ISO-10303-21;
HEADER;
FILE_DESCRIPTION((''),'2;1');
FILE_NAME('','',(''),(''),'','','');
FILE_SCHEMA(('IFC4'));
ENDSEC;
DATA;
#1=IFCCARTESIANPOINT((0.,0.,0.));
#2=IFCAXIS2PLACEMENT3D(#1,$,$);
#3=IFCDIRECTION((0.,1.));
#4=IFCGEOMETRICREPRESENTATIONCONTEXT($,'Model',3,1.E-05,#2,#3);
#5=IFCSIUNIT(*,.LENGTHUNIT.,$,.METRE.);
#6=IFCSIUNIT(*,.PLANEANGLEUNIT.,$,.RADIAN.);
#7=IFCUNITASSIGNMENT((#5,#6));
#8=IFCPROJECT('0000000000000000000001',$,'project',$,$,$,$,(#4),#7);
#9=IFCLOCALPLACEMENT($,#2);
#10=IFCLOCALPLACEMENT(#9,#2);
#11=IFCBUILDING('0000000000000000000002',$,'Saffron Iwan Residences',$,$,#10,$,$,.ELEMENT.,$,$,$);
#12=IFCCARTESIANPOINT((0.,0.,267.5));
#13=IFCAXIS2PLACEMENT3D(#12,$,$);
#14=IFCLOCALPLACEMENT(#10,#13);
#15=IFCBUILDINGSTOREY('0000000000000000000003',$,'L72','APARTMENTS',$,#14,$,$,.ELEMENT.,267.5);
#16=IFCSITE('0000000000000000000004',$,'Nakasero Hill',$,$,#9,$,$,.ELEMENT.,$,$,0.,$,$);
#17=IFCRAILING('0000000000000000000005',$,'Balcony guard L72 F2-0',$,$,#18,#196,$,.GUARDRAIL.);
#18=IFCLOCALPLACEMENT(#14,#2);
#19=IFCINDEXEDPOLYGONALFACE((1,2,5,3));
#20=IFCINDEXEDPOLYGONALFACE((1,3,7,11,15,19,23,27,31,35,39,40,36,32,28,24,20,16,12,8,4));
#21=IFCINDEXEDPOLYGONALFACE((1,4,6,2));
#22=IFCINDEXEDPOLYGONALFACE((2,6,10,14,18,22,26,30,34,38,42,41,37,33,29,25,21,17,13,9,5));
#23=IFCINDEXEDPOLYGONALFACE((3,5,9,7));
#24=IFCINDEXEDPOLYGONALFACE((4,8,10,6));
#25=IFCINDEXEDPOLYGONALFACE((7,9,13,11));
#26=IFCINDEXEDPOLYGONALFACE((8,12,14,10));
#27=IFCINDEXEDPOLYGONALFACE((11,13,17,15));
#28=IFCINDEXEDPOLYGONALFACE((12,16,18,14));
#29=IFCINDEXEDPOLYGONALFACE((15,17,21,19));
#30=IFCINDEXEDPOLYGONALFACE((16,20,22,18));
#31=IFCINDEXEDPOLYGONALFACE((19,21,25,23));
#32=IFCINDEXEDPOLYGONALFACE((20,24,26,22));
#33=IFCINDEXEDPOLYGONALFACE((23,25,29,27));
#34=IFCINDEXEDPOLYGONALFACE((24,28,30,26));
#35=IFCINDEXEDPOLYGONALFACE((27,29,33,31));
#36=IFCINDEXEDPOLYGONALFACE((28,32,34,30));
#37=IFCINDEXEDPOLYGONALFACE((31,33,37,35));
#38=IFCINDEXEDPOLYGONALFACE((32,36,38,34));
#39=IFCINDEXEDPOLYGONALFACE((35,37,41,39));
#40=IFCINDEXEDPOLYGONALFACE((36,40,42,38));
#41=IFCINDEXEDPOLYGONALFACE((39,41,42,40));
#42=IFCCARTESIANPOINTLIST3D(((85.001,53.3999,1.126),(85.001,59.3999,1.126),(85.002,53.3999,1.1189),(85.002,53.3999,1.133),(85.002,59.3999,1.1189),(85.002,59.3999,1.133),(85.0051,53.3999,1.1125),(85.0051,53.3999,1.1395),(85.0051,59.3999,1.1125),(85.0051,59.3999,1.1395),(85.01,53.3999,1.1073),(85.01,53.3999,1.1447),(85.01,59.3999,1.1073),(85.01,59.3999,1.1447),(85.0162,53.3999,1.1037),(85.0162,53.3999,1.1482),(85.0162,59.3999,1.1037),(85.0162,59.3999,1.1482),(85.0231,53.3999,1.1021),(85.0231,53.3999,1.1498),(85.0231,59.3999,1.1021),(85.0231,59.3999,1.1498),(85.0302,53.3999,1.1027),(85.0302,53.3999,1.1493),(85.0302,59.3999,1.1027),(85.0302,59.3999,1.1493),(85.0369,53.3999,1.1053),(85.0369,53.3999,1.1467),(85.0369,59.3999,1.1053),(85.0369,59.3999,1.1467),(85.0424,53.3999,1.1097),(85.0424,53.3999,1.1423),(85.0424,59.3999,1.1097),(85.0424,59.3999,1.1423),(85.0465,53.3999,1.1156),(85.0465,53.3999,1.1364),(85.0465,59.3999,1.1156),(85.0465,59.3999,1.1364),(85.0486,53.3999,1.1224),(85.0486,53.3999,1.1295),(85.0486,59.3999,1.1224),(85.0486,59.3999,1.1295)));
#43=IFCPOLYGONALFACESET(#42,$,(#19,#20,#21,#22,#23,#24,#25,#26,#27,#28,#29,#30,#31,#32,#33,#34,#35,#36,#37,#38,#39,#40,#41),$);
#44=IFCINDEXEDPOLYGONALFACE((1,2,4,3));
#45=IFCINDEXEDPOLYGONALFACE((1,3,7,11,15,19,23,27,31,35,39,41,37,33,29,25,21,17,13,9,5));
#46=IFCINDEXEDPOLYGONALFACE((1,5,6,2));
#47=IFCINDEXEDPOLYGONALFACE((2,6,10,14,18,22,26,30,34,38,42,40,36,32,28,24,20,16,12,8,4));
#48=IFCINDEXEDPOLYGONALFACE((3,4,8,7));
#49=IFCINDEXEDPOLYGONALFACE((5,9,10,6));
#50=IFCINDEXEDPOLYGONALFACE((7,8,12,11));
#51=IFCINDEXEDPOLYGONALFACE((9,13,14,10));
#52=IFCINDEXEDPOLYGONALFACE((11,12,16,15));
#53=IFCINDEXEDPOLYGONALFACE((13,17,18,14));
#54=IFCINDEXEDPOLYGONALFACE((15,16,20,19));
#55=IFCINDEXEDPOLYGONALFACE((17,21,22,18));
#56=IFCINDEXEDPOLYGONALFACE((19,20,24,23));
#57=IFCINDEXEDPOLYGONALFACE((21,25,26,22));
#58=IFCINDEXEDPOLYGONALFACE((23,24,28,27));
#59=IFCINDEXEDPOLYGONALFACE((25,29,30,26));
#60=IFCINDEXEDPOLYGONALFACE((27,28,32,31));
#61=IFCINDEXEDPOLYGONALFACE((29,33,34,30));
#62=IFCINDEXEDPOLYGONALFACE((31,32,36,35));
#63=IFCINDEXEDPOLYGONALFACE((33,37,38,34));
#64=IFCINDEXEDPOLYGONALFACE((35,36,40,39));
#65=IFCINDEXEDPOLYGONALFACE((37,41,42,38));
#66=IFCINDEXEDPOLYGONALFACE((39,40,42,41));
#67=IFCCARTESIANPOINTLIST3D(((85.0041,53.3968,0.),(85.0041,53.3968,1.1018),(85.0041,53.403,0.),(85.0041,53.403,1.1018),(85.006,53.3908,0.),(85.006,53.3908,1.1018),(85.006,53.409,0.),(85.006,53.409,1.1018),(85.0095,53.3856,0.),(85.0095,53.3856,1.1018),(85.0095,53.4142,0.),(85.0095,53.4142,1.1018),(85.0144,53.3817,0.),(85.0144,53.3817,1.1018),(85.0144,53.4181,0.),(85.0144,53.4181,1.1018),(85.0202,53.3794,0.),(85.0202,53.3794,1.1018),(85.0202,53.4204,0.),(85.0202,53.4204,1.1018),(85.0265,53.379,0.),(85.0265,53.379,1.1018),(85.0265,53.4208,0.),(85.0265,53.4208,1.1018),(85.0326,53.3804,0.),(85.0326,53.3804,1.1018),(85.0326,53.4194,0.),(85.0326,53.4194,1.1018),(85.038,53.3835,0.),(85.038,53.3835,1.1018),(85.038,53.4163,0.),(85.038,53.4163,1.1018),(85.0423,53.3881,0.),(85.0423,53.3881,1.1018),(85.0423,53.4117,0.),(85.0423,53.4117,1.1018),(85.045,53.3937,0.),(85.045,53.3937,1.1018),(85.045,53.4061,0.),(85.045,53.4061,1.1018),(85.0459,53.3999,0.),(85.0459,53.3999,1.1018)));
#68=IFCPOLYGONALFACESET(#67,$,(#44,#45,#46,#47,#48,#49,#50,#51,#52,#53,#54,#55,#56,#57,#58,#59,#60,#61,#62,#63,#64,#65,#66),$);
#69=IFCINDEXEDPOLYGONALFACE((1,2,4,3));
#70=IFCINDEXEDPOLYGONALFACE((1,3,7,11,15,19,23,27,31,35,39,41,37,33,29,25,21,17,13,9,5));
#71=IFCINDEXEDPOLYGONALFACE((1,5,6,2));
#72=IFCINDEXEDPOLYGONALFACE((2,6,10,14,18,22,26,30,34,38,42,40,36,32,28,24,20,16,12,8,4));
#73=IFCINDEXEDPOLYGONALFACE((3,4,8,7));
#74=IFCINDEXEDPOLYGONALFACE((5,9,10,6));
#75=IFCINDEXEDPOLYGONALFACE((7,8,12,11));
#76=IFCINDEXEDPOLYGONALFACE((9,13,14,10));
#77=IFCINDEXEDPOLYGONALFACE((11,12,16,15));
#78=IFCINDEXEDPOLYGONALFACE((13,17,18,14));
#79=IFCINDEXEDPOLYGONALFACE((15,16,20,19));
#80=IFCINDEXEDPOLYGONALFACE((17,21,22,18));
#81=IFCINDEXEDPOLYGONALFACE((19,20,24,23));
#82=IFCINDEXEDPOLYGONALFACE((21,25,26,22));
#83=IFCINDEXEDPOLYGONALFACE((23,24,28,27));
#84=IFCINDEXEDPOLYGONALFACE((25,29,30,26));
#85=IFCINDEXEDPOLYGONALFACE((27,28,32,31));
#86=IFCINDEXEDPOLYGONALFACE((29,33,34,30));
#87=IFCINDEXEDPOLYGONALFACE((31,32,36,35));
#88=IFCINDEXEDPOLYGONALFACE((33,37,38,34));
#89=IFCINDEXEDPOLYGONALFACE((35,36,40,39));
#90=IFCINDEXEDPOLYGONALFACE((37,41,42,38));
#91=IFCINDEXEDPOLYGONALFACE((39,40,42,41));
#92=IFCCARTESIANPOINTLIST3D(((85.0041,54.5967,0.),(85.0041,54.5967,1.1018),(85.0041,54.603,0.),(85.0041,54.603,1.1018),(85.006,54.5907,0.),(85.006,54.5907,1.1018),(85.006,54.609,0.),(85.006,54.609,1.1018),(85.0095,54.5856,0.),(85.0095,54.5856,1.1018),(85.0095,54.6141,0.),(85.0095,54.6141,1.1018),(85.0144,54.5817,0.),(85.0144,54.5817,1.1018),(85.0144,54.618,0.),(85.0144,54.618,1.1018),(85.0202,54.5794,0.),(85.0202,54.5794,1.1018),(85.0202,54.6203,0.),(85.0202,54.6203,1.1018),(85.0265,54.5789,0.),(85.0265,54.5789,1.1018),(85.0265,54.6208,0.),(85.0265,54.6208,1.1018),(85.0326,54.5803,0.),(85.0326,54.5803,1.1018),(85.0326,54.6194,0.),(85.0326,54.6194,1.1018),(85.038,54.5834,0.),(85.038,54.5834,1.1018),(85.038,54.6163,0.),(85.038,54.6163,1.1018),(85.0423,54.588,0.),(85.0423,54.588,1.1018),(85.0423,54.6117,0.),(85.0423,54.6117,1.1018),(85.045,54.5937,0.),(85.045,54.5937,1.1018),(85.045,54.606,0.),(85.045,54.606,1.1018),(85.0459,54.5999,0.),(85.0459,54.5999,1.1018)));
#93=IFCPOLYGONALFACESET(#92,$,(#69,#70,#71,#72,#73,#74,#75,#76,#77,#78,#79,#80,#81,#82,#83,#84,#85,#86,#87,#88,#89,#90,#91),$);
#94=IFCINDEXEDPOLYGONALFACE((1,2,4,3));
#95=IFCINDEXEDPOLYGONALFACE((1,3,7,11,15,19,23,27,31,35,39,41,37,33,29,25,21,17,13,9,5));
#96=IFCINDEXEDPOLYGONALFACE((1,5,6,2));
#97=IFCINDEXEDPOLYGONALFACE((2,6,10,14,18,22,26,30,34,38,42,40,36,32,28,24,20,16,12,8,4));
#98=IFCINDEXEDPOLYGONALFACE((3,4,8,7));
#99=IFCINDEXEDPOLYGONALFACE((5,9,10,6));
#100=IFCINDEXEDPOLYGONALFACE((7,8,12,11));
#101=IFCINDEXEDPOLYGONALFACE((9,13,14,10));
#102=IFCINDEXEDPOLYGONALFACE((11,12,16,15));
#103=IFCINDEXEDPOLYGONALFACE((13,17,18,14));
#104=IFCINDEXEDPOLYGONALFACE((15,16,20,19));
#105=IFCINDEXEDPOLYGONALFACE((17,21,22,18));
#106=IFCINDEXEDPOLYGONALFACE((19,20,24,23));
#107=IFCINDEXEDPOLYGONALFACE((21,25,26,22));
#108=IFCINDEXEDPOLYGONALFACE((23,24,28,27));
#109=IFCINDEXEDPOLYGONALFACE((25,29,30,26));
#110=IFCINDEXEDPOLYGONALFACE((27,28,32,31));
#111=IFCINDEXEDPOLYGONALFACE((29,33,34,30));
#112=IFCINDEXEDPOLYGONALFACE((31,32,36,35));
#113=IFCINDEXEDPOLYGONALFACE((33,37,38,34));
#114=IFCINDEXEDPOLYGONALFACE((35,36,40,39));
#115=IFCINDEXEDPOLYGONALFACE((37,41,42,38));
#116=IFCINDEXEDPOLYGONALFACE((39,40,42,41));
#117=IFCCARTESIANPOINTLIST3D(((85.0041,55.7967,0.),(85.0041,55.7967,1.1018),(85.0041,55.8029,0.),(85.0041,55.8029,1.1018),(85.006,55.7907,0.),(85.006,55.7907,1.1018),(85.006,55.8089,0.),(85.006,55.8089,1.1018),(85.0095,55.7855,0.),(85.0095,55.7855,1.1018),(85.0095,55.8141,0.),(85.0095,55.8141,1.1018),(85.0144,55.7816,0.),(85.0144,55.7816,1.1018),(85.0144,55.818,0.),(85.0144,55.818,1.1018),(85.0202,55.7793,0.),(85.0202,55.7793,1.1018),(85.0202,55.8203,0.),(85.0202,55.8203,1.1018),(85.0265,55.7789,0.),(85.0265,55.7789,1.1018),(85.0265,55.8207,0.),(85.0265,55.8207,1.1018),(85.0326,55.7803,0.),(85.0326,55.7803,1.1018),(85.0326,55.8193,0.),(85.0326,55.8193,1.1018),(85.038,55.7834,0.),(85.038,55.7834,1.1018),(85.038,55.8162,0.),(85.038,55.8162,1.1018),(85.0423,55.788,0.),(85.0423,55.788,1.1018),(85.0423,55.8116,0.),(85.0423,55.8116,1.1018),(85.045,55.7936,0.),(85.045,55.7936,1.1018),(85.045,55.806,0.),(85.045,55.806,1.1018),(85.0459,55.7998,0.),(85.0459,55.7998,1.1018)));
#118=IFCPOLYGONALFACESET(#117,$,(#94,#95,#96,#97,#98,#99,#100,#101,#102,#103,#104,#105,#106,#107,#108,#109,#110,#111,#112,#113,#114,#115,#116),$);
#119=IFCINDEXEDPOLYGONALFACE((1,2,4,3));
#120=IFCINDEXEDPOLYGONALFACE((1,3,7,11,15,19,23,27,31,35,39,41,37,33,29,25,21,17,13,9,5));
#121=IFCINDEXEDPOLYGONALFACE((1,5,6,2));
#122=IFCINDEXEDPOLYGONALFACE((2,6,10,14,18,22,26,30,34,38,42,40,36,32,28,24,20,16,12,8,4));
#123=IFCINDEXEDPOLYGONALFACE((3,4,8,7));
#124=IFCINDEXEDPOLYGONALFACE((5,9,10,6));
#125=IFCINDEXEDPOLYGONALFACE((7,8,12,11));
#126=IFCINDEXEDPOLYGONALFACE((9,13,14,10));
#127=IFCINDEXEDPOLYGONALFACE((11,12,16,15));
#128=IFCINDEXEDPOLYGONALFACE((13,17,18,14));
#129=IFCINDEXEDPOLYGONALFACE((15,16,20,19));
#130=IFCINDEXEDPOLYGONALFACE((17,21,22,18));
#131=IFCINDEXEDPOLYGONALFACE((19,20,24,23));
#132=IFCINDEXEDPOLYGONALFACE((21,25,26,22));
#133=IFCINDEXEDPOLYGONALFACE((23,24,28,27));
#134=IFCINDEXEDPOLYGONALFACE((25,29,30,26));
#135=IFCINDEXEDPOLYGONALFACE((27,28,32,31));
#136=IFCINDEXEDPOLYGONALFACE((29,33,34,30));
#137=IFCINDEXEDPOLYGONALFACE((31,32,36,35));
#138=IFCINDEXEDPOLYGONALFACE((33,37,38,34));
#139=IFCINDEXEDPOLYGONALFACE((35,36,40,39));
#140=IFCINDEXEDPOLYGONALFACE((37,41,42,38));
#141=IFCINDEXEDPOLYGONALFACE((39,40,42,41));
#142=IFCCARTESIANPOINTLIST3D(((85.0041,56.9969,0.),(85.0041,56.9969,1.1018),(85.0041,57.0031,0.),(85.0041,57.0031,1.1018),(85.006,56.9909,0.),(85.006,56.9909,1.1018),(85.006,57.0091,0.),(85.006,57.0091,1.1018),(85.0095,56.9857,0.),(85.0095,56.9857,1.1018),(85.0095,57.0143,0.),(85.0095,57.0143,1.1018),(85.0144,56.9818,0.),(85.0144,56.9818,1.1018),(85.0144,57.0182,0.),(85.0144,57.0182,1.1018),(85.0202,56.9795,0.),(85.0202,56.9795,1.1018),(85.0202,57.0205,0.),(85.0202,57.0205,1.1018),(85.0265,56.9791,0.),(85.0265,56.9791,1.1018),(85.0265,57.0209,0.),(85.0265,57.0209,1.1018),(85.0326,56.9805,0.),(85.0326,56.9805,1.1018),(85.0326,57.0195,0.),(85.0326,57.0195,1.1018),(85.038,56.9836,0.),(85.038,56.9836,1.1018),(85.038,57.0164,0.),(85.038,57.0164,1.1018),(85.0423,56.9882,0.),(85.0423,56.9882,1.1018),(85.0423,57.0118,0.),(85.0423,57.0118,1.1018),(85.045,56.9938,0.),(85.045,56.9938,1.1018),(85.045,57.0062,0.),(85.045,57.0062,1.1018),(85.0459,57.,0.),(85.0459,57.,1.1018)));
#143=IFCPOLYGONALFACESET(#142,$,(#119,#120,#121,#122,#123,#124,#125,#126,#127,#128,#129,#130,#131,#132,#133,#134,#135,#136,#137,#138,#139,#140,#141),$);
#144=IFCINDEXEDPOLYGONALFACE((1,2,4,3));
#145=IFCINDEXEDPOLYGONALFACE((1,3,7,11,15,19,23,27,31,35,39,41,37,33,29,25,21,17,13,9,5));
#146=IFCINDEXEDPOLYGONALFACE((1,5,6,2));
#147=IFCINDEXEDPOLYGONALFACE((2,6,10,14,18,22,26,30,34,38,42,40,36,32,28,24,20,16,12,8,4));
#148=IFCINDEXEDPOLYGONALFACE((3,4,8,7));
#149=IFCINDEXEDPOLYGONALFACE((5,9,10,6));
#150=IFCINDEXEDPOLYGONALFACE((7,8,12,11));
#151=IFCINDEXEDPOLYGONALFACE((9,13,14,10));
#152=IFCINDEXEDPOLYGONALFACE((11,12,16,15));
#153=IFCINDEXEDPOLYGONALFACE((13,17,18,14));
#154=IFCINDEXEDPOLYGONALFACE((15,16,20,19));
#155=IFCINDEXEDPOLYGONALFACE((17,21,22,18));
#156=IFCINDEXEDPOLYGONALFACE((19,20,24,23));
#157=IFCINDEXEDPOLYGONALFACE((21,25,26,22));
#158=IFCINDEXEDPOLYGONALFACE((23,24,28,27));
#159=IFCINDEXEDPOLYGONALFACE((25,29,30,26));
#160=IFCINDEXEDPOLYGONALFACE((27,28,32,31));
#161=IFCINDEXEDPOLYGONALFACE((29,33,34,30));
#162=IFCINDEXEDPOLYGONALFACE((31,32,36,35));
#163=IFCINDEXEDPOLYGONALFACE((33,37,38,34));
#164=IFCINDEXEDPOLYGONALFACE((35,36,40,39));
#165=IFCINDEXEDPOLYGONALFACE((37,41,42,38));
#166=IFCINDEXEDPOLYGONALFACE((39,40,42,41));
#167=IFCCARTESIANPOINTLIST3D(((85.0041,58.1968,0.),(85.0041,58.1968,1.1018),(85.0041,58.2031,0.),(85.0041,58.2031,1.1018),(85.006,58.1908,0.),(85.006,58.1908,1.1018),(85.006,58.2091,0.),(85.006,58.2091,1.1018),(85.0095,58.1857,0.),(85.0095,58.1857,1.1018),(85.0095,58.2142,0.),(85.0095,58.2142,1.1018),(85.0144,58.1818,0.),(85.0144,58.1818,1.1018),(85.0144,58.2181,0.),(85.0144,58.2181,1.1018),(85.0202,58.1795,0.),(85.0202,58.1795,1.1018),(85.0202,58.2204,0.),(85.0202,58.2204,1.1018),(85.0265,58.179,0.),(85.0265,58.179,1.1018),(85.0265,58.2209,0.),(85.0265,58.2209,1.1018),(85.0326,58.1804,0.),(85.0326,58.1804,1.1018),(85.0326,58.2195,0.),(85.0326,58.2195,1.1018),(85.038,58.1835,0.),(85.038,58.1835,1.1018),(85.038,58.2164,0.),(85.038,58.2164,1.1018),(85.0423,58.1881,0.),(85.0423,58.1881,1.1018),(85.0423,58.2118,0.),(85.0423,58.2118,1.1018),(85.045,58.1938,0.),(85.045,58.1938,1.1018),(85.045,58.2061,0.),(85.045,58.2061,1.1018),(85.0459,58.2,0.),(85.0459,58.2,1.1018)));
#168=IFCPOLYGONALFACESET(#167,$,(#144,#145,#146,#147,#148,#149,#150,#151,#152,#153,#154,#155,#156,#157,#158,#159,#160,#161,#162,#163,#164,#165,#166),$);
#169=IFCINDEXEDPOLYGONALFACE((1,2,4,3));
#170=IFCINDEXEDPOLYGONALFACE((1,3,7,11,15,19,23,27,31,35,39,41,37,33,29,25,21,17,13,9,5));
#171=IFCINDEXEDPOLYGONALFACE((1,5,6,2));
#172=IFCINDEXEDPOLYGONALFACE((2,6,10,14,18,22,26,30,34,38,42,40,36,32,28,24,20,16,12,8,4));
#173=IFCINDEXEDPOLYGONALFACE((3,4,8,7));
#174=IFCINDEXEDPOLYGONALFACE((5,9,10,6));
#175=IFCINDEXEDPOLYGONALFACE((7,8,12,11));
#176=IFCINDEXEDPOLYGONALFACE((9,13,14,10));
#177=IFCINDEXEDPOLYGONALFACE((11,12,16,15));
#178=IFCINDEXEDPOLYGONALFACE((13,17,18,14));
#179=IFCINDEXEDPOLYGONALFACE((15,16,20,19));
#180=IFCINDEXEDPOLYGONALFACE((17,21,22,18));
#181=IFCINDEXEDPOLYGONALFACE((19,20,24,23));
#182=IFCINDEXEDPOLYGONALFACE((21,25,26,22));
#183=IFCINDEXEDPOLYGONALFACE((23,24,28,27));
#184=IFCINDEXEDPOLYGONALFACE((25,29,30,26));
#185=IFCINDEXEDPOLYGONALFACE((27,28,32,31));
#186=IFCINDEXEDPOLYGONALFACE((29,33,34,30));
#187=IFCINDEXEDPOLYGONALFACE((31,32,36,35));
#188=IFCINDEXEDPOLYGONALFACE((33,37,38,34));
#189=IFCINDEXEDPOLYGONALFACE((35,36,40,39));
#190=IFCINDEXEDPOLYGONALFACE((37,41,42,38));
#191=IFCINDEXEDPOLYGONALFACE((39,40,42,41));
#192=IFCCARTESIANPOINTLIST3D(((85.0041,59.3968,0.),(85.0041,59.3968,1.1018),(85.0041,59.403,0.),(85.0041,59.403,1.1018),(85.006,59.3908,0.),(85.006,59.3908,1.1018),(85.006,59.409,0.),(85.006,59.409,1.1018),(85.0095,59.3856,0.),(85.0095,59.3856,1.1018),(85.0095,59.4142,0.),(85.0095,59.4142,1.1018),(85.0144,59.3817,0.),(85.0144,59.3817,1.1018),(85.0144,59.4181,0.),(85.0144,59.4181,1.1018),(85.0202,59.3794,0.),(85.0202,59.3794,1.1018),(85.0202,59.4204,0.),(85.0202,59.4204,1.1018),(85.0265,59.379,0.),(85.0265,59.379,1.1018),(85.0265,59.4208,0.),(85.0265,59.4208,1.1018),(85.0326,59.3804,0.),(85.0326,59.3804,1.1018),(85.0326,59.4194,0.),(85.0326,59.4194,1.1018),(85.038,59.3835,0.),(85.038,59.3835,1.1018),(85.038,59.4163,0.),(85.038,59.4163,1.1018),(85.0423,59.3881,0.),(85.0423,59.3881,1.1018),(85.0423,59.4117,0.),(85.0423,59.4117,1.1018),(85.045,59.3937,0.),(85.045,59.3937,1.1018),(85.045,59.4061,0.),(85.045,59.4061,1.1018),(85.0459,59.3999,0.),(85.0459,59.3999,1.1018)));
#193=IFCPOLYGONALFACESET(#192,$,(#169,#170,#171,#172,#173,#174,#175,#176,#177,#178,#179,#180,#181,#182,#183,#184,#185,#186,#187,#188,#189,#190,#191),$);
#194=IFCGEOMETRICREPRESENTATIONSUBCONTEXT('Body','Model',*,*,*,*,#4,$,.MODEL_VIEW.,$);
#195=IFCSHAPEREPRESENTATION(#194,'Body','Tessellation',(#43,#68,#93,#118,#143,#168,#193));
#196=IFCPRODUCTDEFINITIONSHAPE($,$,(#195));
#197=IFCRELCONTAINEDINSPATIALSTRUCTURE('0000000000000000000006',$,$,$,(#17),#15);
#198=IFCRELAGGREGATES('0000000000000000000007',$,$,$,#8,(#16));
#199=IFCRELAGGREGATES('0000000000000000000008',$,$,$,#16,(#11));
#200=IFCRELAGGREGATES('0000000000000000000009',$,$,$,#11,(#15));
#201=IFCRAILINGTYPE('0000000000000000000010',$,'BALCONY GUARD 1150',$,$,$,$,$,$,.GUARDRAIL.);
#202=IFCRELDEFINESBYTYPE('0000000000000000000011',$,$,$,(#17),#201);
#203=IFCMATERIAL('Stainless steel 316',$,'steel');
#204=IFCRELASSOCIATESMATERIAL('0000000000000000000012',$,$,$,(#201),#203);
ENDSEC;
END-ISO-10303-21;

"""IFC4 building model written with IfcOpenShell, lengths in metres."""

from ifc_helpers import new_model, si_unit, direction, frame, origin, origin_2d, place, context, subcontext, project, spatial, circle, extrude, material, type_object, element, save


model = new_model("IFC4")

# Units and contexts
model_context = context("Model", 3, precision=1e-05, world=origin(), true_north=direction((0.0, 1.0)))
body_context = subcontext(model_context, "Body", "Model", "MODEL_VIEW")
ifc_project = project(units=[si_unit("LENGTHUNIT", "METRE"), si_unit("PLANEANGLEUNIT", "RADIAN")], contexts=[model_context])

# Site, building, storey
site_placement = place(None, origin())
site = spatial("IfcSite", under=ifc_project, at=site_placement, Name="Nakasero Hill", CompositionType="ELEMENT", RefElevation=0.0)
building_placement = place(site_placement, origin())
building = spatial("IfcBuilding", under=site, at=building_placement, Name="Saffron Iwan Residences", CompositionType="ELEMENT")
storey_placement = place(building_placement, frame((0.0, 0.0, 267.5)))
storey = spatial("IfcBuildingStorey", under=building, at=storey_placement, Name="L72", Description="APARTMENTS", CompositionType="ELEMENT", Elevation=267.5)

# Railing
ifc_material_1 = material(Name="Stainless steel 316", Category="steel")
railing_type = type_object("IfcRailingType", Name="BALCONY GUARD 1150", PredefinedType="GUARDRAIL", material=ifc_material_1)
railing_placement = place(storey_placement, frame((85.0249, 53.3999, 0.0)))
element("IfcRailing", 1, at=railing_placement, inside=storey, type_object=railing_type, Name="Balcony guard L72 F2-0", PredefinedType="GUARDRAIL", context=body_context, shape_type="SweptSolid", body=[
    extrude(circle(Radius=0.0239, at=origin_2d()), frame((0.0, 0.0, 1.126), z_axis=(0.0, 1.0, 0.0), x_axis=(-1.0, 0.0, 0.0)), (0.0, 0.0, 1.0), 6.0),
    extrude(circle(Radius=0.021, at=origin_2d()), origin(), (0.0, 0.0, 1.0), 1.1018),
    extrude(circle(Radius=0.021, at=origin_2d()), frame((0.0, 1.2, 0.0)), (0.0, 0.0, 1.0), 1.1018),
    extrude(circle(Radius=0.021, at=origin_2d()), frame((0.0, 2.3999, 0.0)), (0.0, 0.0, 1.0), 1.1018),
    extrude(circle(Radius=0.021, at=origin_2d()), frame((0.0, 3.6001, 0.0)), (0.0, 0.0, 1.0), 1.1018),
    extrude(circle(Radius=0.021, at=origin_2d()), frame((0.0, 4.8, 0.0)), (0.0, 0.0, 1.0), 1.1018),
    extrude(circle(Radius=0.021, at=origin_2d()), frame((0.0, 6.0, 0.0)), (0.0, 0.0, 1.0), 1.1018),
])

save(model, "model.ifc")
